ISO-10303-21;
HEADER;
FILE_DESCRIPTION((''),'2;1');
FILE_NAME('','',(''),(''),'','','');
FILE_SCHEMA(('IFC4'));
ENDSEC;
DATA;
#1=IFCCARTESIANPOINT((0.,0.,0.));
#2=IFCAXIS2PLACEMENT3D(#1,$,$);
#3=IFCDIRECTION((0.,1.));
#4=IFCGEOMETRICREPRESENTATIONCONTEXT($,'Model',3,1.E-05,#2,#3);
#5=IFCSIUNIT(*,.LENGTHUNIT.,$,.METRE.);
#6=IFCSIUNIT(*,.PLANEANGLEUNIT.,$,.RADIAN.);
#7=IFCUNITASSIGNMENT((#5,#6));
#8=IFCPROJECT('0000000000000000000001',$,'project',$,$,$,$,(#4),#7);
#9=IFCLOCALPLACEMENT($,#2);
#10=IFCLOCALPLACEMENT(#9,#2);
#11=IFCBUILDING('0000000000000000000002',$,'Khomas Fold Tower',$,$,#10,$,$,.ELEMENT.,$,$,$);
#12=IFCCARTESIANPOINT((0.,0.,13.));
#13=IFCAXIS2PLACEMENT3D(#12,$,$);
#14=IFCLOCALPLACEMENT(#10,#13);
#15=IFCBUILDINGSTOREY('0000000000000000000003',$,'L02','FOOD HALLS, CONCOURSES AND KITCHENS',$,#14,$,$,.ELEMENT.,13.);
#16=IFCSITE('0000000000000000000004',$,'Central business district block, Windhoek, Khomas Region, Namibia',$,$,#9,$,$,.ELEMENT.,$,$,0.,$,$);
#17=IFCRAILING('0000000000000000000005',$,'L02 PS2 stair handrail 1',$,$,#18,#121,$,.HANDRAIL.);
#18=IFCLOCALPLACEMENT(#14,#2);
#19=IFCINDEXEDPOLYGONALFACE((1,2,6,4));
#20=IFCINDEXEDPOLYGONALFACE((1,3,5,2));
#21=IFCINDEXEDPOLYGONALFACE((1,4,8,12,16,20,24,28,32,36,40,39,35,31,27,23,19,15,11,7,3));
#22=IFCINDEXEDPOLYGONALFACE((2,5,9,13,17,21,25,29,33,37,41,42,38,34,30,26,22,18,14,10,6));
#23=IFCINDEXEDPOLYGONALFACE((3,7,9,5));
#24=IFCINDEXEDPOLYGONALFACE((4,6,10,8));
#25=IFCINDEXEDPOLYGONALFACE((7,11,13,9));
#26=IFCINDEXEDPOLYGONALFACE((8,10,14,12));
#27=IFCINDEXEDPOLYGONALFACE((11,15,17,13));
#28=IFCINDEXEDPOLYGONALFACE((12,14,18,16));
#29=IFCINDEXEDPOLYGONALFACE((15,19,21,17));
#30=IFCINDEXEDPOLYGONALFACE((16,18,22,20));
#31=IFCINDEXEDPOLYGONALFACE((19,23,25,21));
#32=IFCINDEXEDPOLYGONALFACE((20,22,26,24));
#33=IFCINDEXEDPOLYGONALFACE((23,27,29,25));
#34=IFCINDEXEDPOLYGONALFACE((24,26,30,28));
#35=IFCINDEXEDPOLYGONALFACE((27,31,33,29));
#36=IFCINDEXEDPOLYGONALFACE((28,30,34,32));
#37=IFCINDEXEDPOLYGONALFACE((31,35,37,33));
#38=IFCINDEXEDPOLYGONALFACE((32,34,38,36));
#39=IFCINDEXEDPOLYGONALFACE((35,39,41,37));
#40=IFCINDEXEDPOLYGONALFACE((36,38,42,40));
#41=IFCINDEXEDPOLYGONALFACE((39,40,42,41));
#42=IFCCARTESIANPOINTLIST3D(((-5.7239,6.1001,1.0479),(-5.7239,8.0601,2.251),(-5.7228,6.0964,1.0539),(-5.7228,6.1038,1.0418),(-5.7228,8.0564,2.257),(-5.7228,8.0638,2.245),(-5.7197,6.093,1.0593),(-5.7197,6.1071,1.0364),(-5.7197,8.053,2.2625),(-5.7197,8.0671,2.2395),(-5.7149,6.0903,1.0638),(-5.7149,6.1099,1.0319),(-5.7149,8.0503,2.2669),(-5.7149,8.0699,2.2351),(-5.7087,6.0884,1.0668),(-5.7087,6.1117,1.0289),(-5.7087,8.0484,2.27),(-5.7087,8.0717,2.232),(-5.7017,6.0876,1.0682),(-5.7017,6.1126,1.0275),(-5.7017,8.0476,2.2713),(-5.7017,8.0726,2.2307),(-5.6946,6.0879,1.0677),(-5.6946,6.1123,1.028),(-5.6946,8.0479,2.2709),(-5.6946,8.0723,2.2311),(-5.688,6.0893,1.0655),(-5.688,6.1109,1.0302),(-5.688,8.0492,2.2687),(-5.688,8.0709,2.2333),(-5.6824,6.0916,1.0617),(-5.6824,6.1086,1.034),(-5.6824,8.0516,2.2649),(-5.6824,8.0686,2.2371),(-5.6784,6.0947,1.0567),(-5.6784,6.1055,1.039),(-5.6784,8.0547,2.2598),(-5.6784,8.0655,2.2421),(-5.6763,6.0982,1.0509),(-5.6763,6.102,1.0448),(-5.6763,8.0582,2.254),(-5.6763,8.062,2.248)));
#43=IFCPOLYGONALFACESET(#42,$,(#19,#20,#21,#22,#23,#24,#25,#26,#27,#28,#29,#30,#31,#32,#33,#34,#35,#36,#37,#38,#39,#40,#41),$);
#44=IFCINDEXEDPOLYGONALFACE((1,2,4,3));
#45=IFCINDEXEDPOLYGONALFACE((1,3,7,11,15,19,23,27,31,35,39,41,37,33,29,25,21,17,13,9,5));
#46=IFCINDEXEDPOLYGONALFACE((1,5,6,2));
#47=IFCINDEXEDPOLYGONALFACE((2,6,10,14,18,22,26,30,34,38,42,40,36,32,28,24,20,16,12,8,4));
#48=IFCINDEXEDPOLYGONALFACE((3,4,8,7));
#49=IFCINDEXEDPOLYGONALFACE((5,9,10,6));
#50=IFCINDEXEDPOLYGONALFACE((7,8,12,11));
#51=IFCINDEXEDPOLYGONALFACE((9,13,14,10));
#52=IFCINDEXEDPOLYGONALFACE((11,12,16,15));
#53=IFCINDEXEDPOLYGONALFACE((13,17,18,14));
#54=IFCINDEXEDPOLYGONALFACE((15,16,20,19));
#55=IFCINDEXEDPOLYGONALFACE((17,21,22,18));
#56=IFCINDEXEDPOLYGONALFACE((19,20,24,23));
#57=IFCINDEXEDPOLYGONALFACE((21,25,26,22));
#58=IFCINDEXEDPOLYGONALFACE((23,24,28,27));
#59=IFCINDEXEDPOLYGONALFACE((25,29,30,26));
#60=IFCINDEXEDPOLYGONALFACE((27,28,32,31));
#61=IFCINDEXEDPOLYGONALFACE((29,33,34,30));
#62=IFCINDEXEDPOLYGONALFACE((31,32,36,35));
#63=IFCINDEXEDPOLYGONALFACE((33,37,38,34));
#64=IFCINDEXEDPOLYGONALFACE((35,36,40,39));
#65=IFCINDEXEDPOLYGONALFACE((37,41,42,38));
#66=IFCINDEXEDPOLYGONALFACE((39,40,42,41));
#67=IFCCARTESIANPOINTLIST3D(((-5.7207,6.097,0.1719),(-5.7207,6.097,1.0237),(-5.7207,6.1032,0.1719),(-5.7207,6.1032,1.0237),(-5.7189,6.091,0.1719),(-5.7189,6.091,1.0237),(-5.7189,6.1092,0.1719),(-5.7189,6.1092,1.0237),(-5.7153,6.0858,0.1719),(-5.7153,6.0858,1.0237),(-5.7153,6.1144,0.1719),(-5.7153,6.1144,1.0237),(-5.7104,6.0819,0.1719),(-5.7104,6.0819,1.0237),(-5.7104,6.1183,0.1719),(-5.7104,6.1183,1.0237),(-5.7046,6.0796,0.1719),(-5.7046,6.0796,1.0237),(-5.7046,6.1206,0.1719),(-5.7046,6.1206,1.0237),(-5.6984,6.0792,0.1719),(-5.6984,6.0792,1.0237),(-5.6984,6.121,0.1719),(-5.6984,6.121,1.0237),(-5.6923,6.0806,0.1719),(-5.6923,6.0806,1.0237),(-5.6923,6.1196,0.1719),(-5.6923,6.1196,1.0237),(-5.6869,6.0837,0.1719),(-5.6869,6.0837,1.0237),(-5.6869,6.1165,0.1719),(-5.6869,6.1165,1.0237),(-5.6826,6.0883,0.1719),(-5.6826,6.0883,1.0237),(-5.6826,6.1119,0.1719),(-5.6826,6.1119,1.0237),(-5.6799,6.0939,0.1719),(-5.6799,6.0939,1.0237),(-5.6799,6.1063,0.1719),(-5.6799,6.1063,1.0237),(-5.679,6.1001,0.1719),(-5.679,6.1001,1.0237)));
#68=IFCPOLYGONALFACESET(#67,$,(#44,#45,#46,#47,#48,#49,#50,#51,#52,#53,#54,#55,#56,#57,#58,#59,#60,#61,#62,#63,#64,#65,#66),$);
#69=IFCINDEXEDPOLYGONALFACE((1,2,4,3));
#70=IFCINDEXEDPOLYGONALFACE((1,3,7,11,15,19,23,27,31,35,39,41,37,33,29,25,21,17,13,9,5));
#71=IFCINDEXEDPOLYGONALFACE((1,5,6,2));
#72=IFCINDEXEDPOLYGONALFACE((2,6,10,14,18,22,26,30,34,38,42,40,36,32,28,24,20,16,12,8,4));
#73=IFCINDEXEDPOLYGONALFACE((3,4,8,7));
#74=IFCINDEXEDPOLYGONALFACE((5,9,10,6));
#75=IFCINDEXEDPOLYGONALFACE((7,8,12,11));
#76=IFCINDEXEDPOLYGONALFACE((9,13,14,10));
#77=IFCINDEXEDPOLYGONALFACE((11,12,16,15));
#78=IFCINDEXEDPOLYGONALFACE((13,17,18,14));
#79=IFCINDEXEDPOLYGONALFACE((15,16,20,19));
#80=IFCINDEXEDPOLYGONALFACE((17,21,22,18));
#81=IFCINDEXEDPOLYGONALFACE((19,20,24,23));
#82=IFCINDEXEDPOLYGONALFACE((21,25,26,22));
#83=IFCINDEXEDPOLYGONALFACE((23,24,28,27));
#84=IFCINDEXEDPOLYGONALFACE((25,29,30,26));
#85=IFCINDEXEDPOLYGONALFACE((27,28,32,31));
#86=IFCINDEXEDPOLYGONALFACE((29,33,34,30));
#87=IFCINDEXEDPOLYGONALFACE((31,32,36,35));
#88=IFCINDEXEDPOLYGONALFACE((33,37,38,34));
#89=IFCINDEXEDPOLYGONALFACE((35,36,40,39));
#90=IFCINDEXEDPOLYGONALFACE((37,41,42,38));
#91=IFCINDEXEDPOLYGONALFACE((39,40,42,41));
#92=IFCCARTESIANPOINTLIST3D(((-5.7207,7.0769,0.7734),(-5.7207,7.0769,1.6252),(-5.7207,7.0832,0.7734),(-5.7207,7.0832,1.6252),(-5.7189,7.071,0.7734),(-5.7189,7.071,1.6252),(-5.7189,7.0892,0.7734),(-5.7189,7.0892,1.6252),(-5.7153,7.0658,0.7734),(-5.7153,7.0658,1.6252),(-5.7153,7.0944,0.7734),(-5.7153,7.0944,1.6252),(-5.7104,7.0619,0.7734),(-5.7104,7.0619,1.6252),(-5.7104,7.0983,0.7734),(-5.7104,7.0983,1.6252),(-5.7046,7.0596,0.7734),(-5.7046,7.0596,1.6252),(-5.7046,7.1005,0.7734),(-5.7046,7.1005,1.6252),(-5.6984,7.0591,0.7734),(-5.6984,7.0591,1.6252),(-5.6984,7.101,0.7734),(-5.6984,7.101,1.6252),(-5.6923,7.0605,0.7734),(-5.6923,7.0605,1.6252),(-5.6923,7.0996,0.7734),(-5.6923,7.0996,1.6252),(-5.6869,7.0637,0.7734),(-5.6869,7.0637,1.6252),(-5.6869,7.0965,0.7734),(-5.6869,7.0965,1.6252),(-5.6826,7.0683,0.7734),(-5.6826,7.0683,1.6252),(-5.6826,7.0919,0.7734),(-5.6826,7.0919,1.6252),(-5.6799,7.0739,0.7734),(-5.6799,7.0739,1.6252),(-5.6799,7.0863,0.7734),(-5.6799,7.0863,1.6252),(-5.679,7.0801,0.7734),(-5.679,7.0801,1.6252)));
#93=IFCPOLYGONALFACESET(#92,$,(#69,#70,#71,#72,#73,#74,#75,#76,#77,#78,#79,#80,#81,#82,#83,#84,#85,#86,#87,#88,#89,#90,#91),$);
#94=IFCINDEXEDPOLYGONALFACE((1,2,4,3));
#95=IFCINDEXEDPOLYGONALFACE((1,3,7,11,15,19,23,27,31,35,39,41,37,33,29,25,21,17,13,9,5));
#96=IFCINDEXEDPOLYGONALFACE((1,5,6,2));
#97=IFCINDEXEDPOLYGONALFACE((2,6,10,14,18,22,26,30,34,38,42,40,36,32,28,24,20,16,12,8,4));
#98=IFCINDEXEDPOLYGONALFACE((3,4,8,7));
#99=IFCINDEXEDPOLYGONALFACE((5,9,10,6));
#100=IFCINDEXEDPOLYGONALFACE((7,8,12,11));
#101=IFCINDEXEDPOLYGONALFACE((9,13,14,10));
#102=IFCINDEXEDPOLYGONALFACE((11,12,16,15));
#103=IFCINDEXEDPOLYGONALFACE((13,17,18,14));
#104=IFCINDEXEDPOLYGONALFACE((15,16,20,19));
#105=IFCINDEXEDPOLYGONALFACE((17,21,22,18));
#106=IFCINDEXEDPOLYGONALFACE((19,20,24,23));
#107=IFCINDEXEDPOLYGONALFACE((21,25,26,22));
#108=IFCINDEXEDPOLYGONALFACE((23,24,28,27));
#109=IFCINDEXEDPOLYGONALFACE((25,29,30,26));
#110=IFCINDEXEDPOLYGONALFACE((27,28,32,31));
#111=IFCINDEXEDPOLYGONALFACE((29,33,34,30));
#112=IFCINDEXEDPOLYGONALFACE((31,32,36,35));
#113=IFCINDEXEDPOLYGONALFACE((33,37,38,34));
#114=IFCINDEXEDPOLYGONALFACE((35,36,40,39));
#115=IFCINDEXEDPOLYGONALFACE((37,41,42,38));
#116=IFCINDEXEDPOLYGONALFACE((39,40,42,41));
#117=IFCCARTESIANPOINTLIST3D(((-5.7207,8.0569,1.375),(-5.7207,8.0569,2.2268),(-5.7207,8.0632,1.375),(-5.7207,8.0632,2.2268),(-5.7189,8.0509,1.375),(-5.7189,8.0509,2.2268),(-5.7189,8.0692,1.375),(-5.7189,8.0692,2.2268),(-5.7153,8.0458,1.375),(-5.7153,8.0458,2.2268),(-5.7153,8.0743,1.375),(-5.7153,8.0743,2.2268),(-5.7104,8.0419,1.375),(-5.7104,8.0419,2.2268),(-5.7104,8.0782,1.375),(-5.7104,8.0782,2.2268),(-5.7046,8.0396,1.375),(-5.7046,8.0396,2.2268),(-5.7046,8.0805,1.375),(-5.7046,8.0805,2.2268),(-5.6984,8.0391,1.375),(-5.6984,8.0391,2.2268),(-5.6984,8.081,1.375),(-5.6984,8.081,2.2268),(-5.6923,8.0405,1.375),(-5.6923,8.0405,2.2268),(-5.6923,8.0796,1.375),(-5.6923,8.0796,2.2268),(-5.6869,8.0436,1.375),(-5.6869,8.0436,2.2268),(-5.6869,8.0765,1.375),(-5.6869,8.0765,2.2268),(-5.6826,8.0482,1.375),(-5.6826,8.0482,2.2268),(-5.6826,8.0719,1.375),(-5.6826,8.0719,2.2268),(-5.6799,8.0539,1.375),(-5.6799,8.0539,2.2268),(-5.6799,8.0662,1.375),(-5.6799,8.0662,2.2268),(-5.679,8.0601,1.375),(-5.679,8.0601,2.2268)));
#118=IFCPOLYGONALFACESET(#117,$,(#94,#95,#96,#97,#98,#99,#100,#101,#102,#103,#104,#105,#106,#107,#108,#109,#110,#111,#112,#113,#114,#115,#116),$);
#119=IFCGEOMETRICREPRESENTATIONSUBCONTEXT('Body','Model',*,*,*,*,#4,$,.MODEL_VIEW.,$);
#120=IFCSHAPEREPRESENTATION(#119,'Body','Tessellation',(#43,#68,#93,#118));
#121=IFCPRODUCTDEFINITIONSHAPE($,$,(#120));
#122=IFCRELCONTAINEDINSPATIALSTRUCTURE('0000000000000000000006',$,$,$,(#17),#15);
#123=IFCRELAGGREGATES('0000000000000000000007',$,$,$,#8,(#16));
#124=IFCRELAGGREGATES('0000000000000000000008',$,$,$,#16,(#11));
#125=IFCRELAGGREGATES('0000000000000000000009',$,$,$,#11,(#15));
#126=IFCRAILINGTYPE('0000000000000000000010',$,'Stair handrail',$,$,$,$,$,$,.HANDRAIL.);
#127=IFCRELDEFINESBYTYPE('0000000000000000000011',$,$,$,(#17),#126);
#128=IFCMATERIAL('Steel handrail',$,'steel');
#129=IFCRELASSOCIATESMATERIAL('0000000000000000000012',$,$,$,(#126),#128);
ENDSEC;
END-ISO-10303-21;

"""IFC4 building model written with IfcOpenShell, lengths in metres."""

from ifc_helpers import new_model, si_unit, direction, frame, origin, origin_2d, place, context, subcontext, project, spatial, circle, extrude, source, transform, mapped, material, type_object, element, save


model = new_model("IFC4")

# Units and contexts
model_context = context("Model", 3, precision=1e-05, world=origin(), true_north=direction((0.0, 1.0)))
body_context = subcontext(model_context, "Body", "Model", "MODEL_VIEW")
ifc_project = project(units=[si_unit("LENGTHUNIT", "METRE"), si_unit("PLANEANGLEUNIT", "RADIAN")], contexts=[model_context])

# Site, building, storey
site_placement = place(None, origin())
site = spatial("IfcSite", under=ifc_project, at=site_placement, Name="Central business district block, Windhoek, Khomas Region, Namibia", CompositionType="ELEMENT", RefElevation=0.0)
building_placement = place(site_placement, origin())
building = spatial("IfcBuilding", under=site, at=building_placement, Name="Khomas Fold Tower", CompositionType="ELEMENT")
storey_placement = place(building_placement, frame((0.0, 0.0, 13.0)))
storey = spatial("IfcBuildingStorey", under=building, at=storey_placement, Name="L02", Description="FOOD HALLS, CONCOURSES AND KITCHENS", CompositionType="ELEMENT", Elevation=13.0)

# Railing
ifc_material_1 = material(Name="Steel handrail", Category="steel")
railing_type_1 = type_object("IfcRailingType", Name="Stair handrail", PredefinedType="HANDRAIL", material=ifc_material_1)
shared_shape_1 = source(origin(), body_context, "Body", "SweptSolid", [
    extrude(circle(Radius=0.0239, at=origin_2d()), frame((0.0, 0.0, 0.876), z_axis=(0.0, 0.852241, 0.523149), x_axis=(-1.0, 0.0, 0.0)), (0.0, 0.0, 1.0), 2.2998),
    extrude(circle(Radius=0.021, at=origin_2d()), origin(), (0.0, 0.0, 1.0), 0.8518),
    extrude(circle(Radius=0.021, at=origin_2d()), frame((0.0, 0.98, 0.6016)), (0.0, 0.0, 1.0), 0.8518),
    extrude(circle(Radius=0.021, at=origin_2d()), frame((0.0, 1.96, 1.2031)), (0.0, 0.0, 1.0), 0.8518),
])
for number, where, name in (
    (1, (-5.7, 6.1001, 0.1719), "L02 PS2 stair handrail 1"),
):
    element("IfcRailing", number, at=place(storey_placement, frame(where)), inside=storey, type_object=railing_type_1, Name=name, PredefinedType="HANDRAIL", context=body_context, shape_type="MappedRepresentation", body=[
        mapped(shared_shape_1, transform((0.0, 0.0, 0.0))),
    ])

save(model, "model.ifc")
